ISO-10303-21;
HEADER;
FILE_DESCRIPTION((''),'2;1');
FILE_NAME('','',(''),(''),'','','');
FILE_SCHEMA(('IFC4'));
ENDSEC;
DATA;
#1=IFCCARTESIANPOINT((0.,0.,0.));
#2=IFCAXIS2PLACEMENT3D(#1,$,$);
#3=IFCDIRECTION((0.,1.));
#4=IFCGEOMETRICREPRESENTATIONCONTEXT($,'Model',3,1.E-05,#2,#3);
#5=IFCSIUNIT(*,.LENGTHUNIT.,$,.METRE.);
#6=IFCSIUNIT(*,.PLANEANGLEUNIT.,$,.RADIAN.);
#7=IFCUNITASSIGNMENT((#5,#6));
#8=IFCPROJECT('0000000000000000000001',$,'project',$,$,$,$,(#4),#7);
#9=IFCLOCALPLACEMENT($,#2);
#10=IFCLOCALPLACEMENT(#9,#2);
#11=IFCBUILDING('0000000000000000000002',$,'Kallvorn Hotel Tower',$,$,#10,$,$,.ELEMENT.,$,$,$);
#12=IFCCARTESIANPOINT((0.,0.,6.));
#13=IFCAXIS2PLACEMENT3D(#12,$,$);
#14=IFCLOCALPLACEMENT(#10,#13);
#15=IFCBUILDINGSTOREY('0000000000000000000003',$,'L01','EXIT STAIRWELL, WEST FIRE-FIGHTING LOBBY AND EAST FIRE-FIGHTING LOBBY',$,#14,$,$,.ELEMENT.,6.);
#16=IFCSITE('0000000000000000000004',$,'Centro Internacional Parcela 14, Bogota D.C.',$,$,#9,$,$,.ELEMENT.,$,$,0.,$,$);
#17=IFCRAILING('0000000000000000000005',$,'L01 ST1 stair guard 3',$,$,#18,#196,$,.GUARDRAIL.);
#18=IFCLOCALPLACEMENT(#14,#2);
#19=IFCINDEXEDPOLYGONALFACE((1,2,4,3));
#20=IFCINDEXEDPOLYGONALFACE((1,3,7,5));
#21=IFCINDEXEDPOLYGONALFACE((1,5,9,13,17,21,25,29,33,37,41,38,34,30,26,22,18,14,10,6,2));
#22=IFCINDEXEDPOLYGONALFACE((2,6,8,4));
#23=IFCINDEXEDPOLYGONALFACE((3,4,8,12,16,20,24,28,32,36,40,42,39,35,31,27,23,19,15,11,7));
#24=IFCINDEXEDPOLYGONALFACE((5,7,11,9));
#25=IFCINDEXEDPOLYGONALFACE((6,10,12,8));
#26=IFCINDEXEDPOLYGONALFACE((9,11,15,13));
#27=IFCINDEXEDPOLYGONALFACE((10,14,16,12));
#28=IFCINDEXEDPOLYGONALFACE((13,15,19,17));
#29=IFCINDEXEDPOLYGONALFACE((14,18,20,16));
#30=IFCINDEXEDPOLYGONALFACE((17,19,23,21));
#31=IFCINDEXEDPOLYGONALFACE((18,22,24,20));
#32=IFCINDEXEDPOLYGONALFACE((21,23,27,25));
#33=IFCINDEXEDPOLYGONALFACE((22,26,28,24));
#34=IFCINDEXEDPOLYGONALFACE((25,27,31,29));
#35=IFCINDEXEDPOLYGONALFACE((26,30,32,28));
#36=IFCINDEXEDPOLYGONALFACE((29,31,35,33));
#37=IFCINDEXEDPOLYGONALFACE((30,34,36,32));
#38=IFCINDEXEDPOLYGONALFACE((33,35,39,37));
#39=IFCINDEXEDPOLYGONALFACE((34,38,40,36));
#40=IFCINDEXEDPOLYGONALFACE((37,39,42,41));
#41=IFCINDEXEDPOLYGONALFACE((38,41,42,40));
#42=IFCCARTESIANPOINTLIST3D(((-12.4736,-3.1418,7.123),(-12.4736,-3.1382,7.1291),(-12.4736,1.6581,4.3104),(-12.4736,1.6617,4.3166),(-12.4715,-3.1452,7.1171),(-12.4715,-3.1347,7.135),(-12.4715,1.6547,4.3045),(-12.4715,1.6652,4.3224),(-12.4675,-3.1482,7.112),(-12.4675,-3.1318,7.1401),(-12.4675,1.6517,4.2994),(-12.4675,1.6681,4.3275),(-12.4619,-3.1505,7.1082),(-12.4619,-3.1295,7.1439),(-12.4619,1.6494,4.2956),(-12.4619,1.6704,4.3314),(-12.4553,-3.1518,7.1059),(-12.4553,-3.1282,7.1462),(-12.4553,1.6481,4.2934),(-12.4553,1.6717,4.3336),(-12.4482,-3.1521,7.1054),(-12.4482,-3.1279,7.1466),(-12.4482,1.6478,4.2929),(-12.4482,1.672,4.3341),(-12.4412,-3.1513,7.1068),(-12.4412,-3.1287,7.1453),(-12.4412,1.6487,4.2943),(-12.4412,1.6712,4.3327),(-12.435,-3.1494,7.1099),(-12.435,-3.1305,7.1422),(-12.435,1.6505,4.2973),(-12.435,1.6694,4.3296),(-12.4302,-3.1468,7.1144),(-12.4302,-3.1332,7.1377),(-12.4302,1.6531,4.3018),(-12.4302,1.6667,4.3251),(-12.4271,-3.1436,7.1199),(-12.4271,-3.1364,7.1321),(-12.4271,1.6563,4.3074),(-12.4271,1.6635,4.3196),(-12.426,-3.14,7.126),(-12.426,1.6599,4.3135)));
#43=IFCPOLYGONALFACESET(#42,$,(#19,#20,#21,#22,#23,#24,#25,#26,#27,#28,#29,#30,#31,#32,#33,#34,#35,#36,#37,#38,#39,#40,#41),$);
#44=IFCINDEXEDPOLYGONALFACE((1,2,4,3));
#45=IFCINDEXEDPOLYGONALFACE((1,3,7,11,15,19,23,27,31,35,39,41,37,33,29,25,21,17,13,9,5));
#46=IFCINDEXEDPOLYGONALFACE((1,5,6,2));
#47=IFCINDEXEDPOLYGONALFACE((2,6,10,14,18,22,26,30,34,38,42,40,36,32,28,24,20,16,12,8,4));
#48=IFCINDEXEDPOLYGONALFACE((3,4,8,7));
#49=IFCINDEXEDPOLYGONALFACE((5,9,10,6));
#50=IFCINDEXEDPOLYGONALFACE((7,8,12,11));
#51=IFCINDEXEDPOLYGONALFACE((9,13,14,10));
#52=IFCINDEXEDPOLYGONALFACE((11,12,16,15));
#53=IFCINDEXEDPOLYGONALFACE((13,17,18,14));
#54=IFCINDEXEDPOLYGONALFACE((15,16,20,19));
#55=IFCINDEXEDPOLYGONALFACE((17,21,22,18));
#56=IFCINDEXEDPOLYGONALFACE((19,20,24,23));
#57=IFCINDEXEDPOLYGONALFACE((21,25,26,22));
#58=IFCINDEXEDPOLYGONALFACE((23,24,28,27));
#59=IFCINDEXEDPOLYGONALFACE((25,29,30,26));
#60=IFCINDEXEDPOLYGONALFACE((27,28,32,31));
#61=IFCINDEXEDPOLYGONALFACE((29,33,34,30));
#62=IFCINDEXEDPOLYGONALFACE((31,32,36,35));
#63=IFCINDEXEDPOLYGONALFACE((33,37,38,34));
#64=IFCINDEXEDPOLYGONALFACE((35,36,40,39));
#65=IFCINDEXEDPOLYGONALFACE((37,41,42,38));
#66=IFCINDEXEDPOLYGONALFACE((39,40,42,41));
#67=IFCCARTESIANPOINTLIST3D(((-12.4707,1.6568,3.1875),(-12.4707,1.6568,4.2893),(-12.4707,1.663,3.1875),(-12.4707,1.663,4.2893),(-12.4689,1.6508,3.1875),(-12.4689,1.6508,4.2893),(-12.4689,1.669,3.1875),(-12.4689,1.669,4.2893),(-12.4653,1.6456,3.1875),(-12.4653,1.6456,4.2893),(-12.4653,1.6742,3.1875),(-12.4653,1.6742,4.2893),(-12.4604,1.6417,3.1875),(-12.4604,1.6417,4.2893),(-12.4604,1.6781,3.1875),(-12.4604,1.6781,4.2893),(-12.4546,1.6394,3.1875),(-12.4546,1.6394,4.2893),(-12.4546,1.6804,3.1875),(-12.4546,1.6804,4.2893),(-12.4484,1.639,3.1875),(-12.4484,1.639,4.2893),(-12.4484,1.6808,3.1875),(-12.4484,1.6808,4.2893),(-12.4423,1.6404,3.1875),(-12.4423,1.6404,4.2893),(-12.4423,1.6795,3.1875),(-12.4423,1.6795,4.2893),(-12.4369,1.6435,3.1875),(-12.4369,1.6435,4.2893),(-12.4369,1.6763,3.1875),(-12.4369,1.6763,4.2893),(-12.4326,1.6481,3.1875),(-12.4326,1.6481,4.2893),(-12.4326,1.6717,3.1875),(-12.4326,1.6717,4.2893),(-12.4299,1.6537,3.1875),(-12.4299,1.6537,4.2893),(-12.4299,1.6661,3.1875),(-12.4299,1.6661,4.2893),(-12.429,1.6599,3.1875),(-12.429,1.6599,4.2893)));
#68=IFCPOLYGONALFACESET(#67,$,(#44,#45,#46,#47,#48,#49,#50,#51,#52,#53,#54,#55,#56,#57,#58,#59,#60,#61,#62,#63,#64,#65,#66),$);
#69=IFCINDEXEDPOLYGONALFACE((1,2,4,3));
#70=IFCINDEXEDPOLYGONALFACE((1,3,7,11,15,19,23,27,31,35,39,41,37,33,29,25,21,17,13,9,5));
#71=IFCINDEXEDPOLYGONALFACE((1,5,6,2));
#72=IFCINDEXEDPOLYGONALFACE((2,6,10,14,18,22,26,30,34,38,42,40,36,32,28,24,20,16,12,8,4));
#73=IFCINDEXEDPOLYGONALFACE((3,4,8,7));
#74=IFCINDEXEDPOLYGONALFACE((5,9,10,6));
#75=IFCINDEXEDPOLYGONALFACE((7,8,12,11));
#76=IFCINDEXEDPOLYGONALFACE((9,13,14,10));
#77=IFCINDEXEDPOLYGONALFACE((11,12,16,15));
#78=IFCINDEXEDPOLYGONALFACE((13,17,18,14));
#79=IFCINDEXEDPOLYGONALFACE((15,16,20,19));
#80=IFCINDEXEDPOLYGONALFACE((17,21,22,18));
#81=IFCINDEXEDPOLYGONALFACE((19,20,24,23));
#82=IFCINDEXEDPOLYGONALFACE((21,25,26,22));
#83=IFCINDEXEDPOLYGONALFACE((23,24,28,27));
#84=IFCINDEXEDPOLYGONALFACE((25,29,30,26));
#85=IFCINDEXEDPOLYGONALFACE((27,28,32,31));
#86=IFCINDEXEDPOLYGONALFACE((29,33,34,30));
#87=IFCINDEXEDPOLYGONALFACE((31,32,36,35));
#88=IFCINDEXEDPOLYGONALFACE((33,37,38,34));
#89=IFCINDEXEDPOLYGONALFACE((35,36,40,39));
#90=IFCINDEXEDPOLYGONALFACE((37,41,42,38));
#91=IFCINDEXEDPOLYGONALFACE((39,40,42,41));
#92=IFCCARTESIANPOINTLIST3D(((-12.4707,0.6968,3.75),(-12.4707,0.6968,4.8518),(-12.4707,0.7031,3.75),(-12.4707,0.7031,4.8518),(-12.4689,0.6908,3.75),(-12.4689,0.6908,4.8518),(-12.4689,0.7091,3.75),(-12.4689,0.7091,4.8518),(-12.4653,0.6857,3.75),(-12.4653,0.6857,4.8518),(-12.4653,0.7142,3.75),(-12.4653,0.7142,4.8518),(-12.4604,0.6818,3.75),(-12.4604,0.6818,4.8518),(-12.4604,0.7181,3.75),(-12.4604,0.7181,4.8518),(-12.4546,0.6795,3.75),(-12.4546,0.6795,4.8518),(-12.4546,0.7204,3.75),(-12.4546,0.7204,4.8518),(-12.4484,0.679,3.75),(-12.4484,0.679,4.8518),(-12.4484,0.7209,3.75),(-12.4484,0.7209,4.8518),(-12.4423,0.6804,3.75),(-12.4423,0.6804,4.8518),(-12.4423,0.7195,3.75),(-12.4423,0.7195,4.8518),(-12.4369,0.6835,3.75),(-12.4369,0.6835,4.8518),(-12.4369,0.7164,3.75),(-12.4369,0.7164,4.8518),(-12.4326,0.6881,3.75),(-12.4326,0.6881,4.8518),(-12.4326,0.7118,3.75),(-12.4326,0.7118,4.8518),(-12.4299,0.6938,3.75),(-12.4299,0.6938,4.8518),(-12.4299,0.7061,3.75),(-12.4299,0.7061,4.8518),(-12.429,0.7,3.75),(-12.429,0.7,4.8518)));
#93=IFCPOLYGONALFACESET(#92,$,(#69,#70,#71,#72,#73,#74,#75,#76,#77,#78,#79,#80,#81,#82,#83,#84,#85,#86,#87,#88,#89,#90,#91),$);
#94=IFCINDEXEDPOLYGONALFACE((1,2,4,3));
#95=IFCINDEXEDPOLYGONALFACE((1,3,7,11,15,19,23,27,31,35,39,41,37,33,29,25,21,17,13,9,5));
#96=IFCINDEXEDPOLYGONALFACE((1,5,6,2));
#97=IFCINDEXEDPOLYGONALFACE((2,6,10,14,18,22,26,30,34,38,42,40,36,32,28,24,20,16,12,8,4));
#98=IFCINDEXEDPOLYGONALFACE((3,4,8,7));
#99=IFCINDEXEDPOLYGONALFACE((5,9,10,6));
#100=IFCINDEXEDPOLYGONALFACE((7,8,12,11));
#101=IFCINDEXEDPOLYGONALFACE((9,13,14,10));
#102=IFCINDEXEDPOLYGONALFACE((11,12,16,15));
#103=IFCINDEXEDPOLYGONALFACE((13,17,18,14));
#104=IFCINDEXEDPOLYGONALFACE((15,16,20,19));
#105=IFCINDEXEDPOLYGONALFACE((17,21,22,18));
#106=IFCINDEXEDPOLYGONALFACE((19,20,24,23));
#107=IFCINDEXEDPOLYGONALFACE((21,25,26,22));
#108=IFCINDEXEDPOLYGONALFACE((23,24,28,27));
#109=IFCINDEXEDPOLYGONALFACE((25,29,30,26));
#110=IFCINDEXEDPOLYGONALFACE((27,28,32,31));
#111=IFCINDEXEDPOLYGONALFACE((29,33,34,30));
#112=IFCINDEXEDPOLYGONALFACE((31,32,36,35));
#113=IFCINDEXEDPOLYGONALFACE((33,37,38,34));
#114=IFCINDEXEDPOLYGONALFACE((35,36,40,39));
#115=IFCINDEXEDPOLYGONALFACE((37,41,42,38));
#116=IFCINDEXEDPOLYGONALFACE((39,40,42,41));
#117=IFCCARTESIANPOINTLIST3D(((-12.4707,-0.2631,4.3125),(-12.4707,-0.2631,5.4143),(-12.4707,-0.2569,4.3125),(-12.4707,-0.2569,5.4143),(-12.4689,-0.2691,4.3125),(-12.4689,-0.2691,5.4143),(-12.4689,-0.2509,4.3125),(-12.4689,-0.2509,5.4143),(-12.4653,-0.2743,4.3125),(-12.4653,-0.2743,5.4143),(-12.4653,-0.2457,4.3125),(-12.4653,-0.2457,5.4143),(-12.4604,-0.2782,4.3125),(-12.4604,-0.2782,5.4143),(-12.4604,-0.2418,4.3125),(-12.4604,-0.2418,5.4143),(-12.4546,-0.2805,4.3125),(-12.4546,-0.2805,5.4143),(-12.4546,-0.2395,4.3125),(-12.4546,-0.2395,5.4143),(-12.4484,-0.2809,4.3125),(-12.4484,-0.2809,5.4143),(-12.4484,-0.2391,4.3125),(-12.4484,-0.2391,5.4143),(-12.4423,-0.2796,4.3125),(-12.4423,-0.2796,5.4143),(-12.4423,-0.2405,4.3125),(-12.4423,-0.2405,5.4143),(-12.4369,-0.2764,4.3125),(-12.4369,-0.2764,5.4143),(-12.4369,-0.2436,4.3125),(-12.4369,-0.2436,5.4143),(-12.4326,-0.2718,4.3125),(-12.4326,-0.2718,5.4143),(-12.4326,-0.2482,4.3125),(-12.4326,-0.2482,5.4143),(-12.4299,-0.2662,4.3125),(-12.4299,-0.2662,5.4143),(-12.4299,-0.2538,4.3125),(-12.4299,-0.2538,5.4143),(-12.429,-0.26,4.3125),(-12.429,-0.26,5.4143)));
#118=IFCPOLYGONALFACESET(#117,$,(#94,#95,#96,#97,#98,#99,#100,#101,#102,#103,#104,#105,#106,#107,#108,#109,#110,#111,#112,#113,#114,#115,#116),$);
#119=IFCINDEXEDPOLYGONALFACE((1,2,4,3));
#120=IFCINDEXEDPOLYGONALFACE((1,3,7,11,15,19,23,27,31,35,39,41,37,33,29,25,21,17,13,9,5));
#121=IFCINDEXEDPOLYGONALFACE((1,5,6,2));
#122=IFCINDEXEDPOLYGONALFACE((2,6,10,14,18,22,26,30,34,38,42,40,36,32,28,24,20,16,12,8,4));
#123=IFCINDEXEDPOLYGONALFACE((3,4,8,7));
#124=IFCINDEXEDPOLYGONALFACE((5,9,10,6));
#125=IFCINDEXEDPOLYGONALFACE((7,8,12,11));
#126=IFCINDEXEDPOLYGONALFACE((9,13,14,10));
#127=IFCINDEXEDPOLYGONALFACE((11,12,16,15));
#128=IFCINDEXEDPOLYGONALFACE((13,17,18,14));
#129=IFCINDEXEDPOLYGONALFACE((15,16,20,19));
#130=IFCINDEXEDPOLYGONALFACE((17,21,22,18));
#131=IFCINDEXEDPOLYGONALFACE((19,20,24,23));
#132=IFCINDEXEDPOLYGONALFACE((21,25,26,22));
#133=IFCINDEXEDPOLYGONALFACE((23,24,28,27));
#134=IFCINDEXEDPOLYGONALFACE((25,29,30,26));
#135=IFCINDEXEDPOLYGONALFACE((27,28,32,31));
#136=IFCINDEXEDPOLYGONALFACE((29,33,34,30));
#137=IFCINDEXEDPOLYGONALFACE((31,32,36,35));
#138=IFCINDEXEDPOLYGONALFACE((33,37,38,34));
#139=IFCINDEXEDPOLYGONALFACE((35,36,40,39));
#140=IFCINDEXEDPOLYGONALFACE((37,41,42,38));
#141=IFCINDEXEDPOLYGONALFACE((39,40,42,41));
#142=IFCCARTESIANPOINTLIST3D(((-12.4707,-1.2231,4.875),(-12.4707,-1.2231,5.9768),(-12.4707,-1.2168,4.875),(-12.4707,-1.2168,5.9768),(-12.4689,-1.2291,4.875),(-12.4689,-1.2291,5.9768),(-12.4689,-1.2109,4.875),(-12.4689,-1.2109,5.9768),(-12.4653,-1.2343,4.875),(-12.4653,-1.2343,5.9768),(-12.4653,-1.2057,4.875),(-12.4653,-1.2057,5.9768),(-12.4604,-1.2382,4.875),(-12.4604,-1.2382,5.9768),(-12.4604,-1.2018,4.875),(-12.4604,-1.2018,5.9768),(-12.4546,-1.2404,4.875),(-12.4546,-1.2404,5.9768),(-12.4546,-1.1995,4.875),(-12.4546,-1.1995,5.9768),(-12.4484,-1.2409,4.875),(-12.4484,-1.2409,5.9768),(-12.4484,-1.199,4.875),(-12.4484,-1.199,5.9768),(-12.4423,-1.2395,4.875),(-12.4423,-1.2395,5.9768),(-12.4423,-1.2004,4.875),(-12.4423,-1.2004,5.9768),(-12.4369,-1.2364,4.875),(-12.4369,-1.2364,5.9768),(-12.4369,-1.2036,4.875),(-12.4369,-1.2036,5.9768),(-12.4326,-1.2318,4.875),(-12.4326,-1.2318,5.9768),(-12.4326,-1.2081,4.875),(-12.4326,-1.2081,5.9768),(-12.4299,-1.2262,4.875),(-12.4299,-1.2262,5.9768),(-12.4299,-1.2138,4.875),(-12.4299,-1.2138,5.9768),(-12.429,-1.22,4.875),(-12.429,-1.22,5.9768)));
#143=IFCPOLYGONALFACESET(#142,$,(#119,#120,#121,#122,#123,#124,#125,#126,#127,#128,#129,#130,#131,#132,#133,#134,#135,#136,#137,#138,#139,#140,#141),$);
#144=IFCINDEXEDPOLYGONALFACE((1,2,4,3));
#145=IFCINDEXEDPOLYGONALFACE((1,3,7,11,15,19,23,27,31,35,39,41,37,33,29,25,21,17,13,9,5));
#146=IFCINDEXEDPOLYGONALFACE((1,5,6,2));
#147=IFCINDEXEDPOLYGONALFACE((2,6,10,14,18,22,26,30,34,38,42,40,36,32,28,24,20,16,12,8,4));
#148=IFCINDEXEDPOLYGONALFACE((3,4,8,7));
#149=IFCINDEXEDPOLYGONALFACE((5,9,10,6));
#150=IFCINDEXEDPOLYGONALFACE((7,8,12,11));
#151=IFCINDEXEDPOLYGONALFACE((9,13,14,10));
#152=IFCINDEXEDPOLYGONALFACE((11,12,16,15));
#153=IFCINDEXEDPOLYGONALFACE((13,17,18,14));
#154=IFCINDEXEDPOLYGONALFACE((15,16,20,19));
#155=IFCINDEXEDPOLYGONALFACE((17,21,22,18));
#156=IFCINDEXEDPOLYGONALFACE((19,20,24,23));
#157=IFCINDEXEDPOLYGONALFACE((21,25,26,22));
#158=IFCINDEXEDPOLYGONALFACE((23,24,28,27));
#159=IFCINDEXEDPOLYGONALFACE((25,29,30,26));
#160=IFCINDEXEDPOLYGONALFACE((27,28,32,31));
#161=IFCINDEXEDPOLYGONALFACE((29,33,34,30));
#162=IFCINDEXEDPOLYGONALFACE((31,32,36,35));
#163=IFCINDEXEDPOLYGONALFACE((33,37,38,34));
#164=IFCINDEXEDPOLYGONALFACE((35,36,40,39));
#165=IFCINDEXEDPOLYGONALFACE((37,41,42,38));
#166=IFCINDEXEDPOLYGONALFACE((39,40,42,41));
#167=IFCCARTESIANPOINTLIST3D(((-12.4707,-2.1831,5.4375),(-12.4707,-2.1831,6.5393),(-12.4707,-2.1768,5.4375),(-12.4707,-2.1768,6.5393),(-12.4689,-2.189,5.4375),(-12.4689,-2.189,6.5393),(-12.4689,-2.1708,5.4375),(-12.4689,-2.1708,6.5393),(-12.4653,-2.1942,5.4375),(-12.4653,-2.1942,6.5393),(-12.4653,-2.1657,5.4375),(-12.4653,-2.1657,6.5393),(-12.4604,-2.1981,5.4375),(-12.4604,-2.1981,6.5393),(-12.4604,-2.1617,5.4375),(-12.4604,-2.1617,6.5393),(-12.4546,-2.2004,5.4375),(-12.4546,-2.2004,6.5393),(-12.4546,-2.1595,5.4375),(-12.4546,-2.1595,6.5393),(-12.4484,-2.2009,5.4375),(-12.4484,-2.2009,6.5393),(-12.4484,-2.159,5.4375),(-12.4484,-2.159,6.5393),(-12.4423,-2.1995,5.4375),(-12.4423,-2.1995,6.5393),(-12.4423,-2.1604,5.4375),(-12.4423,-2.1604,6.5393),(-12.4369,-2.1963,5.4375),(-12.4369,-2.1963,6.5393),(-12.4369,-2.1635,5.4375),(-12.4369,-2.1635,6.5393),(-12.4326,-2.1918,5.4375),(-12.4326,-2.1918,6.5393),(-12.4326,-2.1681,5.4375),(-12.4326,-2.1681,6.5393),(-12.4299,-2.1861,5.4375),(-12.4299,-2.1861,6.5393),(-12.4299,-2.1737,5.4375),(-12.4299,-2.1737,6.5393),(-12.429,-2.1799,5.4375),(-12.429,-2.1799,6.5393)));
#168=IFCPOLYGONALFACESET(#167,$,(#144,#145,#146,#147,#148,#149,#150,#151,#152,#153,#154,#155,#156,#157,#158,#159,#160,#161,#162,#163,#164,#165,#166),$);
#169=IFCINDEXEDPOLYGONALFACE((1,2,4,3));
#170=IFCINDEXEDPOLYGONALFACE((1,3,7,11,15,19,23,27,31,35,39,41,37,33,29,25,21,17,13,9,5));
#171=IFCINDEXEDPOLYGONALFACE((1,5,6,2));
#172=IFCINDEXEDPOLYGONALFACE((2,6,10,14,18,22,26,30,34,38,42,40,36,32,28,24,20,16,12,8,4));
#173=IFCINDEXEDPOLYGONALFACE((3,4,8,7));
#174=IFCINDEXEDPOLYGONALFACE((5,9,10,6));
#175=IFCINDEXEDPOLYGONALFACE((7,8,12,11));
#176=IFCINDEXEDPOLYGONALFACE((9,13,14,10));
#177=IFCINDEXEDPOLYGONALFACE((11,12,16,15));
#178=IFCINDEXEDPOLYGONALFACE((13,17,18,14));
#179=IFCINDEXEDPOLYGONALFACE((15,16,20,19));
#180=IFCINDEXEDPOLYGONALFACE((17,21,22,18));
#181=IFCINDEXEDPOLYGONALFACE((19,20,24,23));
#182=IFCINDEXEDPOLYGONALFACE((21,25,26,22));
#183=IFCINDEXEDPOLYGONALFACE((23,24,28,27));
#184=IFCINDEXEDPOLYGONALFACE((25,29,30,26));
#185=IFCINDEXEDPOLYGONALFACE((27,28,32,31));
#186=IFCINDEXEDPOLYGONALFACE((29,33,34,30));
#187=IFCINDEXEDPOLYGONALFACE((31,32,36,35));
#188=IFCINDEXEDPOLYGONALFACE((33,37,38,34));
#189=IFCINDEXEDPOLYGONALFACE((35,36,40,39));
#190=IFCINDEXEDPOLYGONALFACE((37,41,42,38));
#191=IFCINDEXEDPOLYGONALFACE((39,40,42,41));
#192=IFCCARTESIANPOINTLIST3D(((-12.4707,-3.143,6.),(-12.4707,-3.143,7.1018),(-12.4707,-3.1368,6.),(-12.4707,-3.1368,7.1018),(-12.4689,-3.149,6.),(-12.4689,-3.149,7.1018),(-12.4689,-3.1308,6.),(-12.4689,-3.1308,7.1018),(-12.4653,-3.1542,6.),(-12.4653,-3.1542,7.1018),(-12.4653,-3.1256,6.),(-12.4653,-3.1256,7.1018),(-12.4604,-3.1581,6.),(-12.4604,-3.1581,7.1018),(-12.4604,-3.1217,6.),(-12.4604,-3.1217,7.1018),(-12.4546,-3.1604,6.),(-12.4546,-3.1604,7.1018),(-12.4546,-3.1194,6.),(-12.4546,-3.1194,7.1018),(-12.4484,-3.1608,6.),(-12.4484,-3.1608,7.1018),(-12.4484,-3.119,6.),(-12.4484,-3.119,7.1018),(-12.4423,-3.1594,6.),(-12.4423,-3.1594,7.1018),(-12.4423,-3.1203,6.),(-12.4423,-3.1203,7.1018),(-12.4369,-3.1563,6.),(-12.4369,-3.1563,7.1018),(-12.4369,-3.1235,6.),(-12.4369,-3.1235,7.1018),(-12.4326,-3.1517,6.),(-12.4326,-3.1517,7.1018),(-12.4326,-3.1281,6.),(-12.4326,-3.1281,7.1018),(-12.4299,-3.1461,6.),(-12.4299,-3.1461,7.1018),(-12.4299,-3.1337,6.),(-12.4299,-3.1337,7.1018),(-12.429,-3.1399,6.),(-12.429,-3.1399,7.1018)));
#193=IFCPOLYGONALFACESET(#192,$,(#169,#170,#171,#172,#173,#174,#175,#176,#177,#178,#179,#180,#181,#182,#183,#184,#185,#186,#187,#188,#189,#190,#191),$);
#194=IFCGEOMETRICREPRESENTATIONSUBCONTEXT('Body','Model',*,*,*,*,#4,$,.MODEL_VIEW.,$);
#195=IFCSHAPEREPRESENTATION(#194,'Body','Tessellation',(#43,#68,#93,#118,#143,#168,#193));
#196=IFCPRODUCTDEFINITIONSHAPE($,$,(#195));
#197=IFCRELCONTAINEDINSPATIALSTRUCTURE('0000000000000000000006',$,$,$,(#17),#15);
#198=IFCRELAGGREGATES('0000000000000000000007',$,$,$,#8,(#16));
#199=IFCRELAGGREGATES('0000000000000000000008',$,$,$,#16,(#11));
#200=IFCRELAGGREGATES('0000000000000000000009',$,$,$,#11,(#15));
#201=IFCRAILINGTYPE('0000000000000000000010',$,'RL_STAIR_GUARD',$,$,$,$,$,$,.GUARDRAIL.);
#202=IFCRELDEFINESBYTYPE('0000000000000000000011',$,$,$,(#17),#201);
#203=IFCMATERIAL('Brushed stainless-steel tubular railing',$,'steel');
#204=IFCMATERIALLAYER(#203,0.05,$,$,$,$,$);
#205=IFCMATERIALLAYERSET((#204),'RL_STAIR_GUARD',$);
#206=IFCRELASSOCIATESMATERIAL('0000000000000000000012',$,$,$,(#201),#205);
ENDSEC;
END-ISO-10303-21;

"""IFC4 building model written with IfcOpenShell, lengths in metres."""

from ifc_helpers import new_model, si_unit, direction, frame, origin, origin_2d, place, context, subcontext, project, spatial, circle, extrude, material, layer, layer_set, type_object, element, save


model = new_model("IFC4")

# Units and contexts
model_context = context("Model", 3, precision=1e-05, world=origin(), true_north=direction((0.0, 1.0)))
body_context = subcontext(model_context, "Body", "Model", "MODEL_VIEW")
ifc_project = project(units=[si_unit("LENGTHUNIT", "METRE"), si_unit("PLANEANGLEUNIT", "RADIAN")], contexts=[model_context])

# Site, building, storey
site_placement = place(None, origin())
site = spatial("IfcSite", under=ifc_project, at=site_placement, Name="Centro Internacional Parcela 14, Bogota D.C.", CompositionType="ELEMENT", RefElevation=0.0)
building_placement = place(site_placement, origin())
building = spatial("IfcBuilding", under=site, at=building_placement, Name="Kallvorn Hotel Tower", CompositionType="ELEMENT")
storey_placement = place(building_placement, frame((0.0, 0.0, 6.0)))
storey = spatial("IfcBuildingStorey", under=building, at=storey_placement, Name="L01", Description="EXIT STAIRWELL, WEST FIRE-FIGHTING LOBBY AND EAST FIRE-FIGHTING LOBBY", CompositionType="ELEMENT", Elevation=6.0)

# Railing
ifc_material_1 = material(Name="Brushed stainless-steel tubular railing", Category="steel")
ifc_layer_1 = layer(ifc_material_1, 0.05)
ifc_layer_set_1 = layer_set([ifc_layer_1], Name="RL_STAIR_GUARD")
railing_type_1 = type_object("IfcRailingType", Name="RL_STAIR_GUARD", PredefinedType="GUARDRAIL", material=ifc_layer_set_1)
railing_1_placement = place(storey_placement, frame((-12.45, 1.6599, 3.1875)))
element("IfcRailing", 1, at=railing_1_placement, inside=storey, type_object=railing_type_1, Name="L01 ST1 stair guard 3", PredefinedType="GUARDRAIL", context=body_context, shape_type="SweptSolid", body=[
    extrude(circle(Radius=0.0239, at=origin_2d()), frame((0.0, 0.0, 1.126), z_axis=(0.0, -0.86279, 0.505562), x_axis=(1.0, 0.0, 0.0)), (0.0, 0.0, 1.0), 5.5632),
    extrude(circle(Radius=0.021, at=origin_2d()), origin(), (0.0, 0.0, 1.0), 1.1018),
    extrude(circle(Radius=0.021, at=origin_2d()), frame((0.0, -0.96, 0.5625)), (0.0, 0.0, 1.0), 1.1018),
    extrude(circle(Radius=0.021, at=origin_2d()), frame((0.0, -1.9199, 1.125)), (0.0, 0.0, 1.0), 1.1018),
    extrude(circle(Radius=0.021, at=origin_2d()), frame((0.0, -2.8799, 1.6875)), (0.0, 0.0, 1.0), 1.1018),
    extrude(circle(Radius=0.021, at=origin_2d()), frame((0.0, -3.8398, 2.25)), (0.0, 0.0, 1.0), 1.1018),
    extrude(circle(Radius=0.021, at=origin_2d()), frame((0.0, -4.7998, 2.8125)), (0.0, 0.0, 1.0), 1.1018),
])

save(model, "model.ifc")
